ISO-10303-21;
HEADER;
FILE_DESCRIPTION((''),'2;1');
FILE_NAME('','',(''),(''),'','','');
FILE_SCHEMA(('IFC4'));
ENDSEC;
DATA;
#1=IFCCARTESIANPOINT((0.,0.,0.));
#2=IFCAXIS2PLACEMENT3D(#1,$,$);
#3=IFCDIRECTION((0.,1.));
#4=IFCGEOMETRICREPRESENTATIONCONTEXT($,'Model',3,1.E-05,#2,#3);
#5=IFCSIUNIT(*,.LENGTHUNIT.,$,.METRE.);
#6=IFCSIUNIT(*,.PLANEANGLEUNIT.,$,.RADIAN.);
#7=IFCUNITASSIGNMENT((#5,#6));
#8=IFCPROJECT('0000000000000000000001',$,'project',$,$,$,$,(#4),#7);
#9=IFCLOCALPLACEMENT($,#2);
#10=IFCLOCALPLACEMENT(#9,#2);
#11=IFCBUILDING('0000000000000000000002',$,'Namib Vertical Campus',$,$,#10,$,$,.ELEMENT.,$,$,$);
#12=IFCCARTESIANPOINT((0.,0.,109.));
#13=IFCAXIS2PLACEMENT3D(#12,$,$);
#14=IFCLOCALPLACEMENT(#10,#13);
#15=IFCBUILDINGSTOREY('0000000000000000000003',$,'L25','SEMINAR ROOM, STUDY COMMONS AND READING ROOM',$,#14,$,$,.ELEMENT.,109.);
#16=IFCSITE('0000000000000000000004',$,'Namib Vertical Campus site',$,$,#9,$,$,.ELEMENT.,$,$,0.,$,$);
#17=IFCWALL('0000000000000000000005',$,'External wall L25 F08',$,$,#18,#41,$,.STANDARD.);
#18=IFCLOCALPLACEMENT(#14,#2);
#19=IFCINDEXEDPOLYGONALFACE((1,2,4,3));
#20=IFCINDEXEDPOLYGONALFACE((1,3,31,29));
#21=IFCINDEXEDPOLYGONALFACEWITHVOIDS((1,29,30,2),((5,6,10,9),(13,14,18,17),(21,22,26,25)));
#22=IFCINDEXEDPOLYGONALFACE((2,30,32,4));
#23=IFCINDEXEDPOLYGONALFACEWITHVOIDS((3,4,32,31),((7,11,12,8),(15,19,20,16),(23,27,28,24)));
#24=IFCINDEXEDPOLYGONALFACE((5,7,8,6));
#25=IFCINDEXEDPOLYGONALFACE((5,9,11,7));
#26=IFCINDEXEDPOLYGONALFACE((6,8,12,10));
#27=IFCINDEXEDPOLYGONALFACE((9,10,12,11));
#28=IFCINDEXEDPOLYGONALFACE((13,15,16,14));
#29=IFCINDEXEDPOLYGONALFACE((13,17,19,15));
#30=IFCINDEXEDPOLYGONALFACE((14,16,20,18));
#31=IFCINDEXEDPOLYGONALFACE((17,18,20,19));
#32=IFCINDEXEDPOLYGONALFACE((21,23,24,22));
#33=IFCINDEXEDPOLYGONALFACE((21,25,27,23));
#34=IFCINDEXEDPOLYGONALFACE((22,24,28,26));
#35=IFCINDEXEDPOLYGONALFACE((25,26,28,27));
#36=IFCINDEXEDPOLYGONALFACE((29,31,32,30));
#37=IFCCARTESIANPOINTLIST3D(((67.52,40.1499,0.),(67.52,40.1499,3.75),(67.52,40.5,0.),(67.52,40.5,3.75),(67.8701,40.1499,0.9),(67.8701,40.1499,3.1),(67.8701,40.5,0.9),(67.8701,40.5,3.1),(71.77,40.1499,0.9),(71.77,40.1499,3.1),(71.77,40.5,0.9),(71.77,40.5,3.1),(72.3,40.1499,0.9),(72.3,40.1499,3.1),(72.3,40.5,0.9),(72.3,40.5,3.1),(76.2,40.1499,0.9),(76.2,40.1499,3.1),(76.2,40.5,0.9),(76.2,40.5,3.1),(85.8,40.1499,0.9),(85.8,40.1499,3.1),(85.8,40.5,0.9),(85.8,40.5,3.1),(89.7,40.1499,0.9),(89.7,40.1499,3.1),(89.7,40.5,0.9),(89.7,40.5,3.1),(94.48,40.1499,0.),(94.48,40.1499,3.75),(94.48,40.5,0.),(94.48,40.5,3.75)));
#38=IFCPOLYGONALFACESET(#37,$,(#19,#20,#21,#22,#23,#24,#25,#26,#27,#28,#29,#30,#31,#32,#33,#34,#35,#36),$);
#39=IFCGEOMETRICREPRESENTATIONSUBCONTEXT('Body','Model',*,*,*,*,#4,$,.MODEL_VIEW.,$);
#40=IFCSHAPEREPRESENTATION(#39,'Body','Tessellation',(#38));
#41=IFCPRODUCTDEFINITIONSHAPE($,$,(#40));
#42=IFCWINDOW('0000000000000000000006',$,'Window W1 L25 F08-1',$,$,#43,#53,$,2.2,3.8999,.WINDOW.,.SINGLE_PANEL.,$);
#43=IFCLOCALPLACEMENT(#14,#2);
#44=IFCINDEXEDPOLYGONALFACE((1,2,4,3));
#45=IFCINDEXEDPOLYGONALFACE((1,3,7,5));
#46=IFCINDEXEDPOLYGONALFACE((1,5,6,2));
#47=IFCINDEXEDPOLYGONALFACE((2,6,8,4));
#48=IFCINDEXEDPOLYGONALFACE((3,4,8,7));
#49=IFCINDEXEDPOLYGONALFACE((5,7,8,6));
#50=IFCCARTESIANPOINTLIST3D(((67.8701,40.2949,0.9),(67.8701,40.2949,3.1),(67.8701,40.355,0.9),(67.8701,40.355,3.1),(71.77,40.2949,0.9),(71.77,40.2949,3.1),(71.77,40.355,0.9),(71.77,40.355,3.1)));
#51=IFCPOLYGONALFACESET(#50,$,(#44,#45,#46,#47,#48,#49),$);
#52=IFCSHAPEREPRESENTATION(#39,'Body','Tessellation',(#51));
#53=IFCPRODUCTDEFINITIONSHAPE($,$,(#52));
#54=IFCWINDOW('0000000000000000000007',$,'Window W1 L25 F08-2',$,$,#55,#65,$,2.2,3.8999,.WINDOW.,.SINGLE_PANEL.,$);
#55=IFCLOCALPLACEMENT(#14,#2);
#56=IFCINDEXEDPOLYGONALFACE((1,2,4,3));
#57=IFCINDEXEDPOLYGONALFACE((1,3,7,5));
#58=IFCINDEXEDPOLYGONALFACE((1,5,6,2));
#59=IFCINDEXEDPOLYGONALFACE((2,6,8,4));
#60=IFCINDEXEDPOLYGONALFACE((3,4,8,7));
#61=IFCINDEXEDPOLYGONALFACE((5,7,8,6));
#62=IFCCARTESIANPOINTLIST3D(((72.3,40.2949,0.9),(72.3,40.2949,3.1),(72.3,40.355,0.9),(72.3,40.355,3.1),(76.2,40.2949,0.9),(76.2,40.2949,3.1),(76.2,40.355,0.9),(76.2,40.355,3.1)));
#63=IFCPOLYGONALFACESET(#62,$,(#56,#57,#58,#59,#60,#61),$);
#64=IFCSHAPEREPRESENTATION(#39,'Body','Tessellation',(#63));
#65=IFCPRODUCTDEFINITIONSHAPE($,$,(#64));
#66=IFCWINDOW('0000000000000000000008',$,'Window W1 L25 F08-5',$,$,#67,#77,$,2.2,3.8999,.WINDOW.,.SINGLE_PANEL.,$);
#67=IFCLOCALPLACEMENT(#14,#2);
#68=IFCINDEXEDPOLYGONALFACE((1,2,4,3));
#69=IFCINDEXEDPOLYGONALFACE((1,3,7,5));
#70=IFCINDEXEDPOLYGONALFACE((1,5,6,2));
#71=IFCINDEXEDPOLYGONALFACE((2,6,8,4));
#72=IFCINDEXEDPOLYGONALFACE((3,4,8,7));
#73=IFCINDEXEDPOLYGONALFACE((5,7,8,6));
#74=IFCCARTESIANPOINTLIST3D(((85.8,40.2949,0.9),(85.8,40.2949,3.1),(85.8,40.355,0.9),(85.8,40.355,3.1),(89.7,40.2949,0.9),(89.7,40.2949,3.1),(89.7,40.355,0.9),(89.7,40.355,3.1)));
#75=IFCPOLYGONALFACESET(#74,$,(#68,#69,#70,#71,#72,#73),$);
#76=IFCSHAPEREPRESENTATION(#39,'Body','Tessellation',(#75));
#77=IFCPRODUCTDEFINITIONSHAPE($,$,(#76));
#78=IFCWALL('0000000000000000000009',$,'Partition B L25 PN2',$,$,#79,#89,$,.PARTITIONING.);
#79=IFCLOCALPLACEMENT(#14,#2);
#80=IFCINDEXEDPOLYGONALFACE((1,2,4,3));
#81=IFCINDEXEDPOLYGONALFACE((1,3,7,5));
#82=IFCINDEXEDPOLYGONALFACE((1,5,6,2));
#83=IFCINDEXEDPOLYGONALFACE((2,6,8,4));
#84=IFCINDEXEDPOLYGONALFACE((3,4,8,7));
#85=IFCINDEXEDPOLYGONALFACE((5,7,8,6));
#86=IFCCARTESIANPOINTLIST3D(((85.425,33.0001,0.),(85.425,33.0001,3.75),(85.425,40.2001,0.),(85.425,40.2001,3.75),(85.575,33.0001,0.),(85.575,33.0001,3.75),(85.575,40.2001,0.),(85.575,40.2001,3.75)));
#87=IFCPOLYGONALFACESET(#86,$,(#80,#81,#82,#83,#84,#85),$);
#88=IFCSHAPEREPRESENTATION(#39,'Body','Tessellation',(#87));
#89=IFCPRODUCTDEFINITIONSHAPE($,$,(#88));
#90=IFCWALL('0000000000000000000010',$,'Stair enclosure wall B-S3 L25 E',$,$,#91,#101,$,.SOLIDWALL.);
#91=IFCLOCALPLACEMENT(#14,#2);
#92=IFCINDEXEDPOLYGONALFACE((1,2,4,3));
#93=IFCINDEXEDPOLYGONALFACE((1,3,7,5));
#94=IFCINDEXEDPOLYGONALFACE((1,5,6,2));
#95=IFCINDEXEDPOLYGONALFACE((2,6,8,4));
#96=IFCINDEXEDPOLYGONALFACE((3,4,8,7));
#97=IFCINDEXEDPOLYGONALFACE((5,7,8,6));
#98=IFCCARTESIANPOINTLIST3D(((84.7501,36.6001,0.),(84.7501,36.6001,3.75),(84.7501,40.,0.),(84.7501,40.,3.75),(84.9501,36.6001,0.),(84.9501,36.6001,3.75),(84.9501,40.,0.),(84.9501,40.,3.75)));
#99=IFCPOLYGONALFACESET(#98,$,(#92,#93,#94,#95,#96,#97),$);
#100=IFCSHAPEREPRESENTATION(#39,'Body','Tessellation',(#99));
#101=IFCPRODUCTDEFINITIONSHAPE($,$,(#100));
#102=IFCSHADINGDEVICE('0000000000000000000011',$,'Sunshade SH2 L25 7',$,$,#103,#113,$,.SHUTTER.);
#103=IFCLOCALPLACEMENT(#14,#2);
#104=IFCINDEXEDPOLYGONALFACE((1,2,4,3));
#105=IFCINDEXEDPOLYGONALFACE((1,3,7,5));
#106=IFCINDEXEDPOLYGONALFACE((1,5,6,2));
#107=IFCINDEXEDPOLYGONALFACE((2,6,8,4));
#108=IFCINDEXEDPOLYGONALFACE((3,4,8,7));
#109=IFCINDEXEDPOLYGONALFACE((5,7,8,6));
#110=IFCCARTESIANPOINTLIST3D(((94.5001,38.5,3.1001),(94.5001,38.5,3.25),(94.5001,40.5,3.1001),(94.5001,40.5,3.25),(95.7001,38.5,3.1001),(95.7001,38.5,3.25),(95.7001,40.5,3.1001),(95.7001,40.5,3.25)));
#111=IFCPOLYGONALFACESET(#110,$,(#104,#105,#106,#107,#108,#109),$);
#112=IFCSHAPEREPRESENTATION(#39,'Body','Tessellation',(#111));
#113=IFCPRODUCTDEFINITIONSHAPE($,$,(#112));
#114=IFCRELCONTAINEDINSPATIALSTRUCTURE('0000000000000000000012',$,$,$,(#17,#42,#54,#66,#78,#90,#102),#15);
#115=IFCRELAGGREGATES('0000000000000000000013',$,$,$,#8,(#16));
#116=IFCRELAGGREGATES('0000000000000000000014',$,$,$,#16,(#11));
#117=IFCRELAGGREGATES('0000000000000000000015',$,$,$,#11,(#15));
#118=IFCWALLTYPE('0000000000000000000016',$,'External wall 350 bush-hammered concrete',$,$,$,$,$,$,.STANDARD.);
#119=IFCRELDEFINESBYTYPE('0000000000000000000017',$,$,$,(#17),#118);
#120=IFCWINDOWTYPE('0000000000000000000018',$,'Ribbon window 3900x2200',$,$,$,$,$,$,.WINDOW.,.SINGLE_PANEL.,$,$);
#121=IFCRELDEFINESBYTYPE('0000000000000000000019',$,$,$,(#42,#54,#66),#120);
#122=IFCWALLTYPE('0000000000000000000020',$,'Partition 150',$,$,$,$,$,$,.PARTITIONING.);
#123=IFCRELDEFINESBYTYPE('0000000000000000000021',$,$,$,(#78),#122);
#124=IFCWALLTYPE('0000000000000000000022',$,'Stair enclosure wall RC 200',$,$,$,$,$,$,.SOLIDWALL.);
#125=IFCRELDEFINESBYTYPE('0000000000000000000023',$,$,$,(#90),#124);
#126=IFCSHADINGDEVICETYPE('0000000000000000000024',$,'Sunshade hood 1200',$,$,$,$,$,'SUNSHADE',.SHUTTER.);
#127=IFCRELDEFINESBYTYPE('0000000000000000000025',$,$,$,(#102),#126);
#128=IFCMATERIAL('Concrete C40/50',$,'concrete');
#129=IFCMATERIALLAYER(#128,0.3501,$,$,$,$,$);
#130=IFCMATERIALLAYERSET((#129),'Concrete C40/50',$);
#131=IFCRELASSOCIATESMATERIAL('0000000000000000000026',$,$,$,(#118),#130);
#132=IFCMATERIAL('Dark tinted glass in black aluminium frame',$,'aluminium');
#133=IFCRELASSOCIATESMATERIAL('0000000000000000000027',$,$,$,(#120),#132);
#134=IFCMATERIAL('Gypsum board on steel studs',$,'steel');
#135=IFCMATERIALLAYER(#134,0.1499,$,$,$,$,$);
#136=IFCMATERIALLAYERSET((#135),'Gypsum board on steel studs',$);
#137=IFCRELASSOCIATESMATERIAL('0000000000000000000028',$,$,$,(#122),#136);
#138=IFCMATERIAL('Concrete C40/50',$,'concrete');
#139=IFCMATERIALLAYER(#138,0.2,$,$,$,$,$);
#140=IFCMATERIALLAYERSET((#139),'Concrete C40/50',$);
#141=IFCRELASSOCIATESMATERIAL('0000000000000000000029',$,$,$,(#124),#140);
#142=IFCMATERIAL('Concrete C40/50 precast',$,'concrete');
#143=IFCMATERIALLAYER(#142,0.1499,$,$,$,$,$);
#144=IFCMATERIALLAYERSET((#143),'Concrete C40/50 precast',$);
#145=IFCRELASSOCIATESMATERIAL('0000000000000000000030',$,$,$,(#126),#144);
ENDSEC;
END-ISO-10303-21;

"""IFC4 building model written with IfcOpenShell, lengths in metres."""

from ifc_helpers import new_model, si_unit, direction, frame, frame_2d, origin, origin_2d, place, context, subcontext, project, spatial, rectangle, extrude, material, layer, layer_set, type_object, element, fill, save


model = new_model("IFC4")

# Units and contexts
model_context = context("Model", 3, precision=1e-05, world=origin(), true_north=direction((0.0, 1.0)))
body_context = subcontext(model_context, "Body", "Model", "MODEL_VIEW")
ifc_project = project(units=[si_unit("LENGTHUNIT", "METRE"), si_unit("PLANEANGLEUNIT", "RADIAN")], contexts=[model_context])

# Site, building, storey
site_placement = place(None, origin())
site = spatial("IfcSite", under=ifc_project, at=site_placement, Name="Namib Vertical Campus site", CompositionType="ELEMENT", RefElevation=0.0)
building_placement = place(site_placement, origin())
building = spatial("IfcBuilding", under=site, at=building_placement, Name="Namib Vertical Campus", CompositionType="ELEMENT")
storey_placement = place(building_placement, frame((0.0, 0.0, 109.0)))
storey = spatial("IfcBuildingStorey", under=building, at=storey_placement, Name="L25", Description="SEMINAR ROOM, STUDY COMMONS AND READING ROOM", CompositionType="ELEMENT", Elevation=109.0)

# Shared definitions
ifc_material_1 = material(Name="Concrete C40/50", Category="concrete")
ifc_layer_1 = layer(ifc_material_1, 0.3501)
ifc_layer_set_1 = layer_set([ifc_layer_1], Name="Concrete C40/50")
wall_type_1 = type_object("IfcWallType", Name="External wall 350 bush-hammered concrete", PredefinedType="STANDARD", material=ifc_layer_set_1)

# Wall, openings, windows
wall_1_placement = place(storey_placement, frame((94.48, 40.325, 0.0), z_axis=(0.0, 0.0, 1.0), x_axis=(-1.0, 0.0, 0.0)))
wall_1 = element("IfcWall", 1, at=wall_1_placement, inside=storey, type_object=wall_type_1, Name="External wall L25 F08", PredefinedType="STANDARD", context=body_context, shape_type="SweptSolid", body=[
    extrude(rectangle(XDim=26.96, YDim=0.3501, at=frame_2d((13.48, 0.0))), origin(), (0.0, 0.0, 1.0), 3.75),
])
opening_1_placement = place(wall_1_placement, frame((22.71, 0.0, 0.8999)))
opening_1 = element("IfcOpeningElement", 2, at=opening_1_placement, cuts=wall_1, PredefinedType="OPENING", context=body_context, shape_type="SweptSolid", body=[
    extrude(rectangle(XDim=3.8999, YDim=2.2, at=frame_2d((1.95, 1.1001))), frame((0.0, 0.1851, 0.0), z_axis=(0.0, -1.0, 0.0), x_axis=(1.0, 0.0, 0.0)), (0.0, 0.0, 1.0), 0.3701),
])
opening_2_placement = place(wall_1_placement, frame((18.28, 0.0, 0.8999)))
opening_2 = element("IfcOpeningElement", 3, at=opening_2_placement, cuts=wall_1, PredefinedType="OPENING", context=body_context, shape_type="SweptSolid", body=[
    extrude(rectangle(XDim=3.8999, YDim=2.2, at=frame_2d((1.95, 1.1001))), frame((0.0, 0.1851, 0.0), z_axis=(0.0, -1.0, 0.0), x_axis=(1.0, 0.0, 0.0)), (0.0, 0.0, 1.0), 0.3701),
])
opening_3_placement = place(wall_1_placement, frame((4.78, 0.0, 0.8999)))
opening_3 = element("IfcOpeningElement", 4, at=opening_3_placement, cuts=wall_1, PredefinedType="OPENING", context=body_context, shape_type="SweptSolid", body=[
    extrude(rectangle(XDim=3.8999, YDim=2.2, at=frame_2d((1.95, 1.1001))), frame((0.0, 0.1851, 0.0), z_axis=(0.0, -1.0, 0.0), x_axis=(1.0, 0.0, 0.0)), (0.0, 0.0, 1.0), 0.3701),
])
ifc_material_2 = material(Name="Dark tinted glass in black aluminium frame", Category="aluminium")
window_type = type_object("IfcWindowType", Name="Ribbon window 3900x2200", PartitioningType="SINGLE_PANEL", PredefinedType="WINDOW", material=ifc_material_2)
window_1_placement = place(opening_1_placement, origin())
window_1 = element("IfcWindow", 5, at=window_1_placement, inside=storey, type_object=window_type, Name="Window W1 L25 F08-1", OverallHeight=2.2, OverallWidth=3.8999, PartitioningType="SINGLE_PANEL", PredefinedType="WINDOW", context=body_context, shape_type="SweptSolid", body=[
    extrude(rectangle(XDim=3.8999, YDim=2.2, at=frame_2d((1.95, 1.1001))), frame((0.0, 0.03, 0.0), z_axis=(0.0, -1.0, 0.0), x_axis=(1.0, 0.0, 0.0)), (0.0, 0.0, 1.0), 0.0601),
])
fill(opening_1, window_1)
window_2_placement = place(opening_2_placement, origin())
window_2 = element("IfcWindow", 6, at=window_2_placement, inside=storey, type_object=window_type, Name="Window W1 L25 F08-2", OverallHeight=2.2, OverallWidth=3.8999, PartitioningType="SINGLE_PANEL", PredefinedType="WINDOW", context=body_context, shape_type="SweptSolid", body=[
    extrude(rectangle(XDim=3.8999, YDim=2.2, at=frame_2d((1.95, 1.1001))), frame((0.0, 0.03, 0.0), z_axis=(0.0, -1.0, 0.0), x_axis=(1.0, 0.0, 0.0)), (0.0, 0.0, 1.0), 0.0601),
])
fill(opening_2, window_2)
window_3_placement = place(opening_3_placement, origin())
window_3 = element("IfcWindow", 7, at=window_3_placement, inside=storey, type_object=window_type, Name="Window W1 L25 F08-5", OverallHeight=2.2, OverallWidth=3.8999, PartitioningType="SINGLE_PANEL", PredefinedType="WINDOW", context=body_context, shape_type="SweptSolid", body=[
    extrude(rectangle(XDim=3.8999, YDim=2.2, at=frame_2d((1.95, 1.1001))), frame((0.0, 0.03, 0.0), z_axis=(0.0, -1.0, 0.0), x_axis=(1.0, 0.0, 0.0)), (0.0, 0.0, 1.0), 0.0601),
])
fill(opening_3, window_3)

# Walls
ifc_material_3 = material(Name="Gypsum board on steel studs", Category="steel")
ifc_layer_2 = layer(ifc_material_3, 0.1499)
ifc_layer_set_2 = layer_set([ifc_layer_2], Name="Gypsum board on steel studs")
wall_type_2 = type_object("IfcWallType", Name="Partition 150", PredefinedType="PARTITIONING", material=ifc_layer_set_2)
wall_2_placement = place(storey_placement, frame((85.5, 33.0, 0.0), z_axis=(0.0, 0.0, 1.0), x_axis=(0.0, 1.0, 0.0)))
element("IfcWall", 8, at=wall_2_placement, inside=storey, type_object=wall_type_2, Name="Partition B L25 PN2", PredefinedType="PARTITIONING", context=body_context, shape_type="SweptSolid", body=[
    extrude(rectangle(XDim=7.2, YDim=0.1499, at=frame_2d((3.6001, 0.0))), origin(), (0.0, 0.0, 1.0), 3.75),
])
ifc_material_4 = material(Name="Concrete C40/50", Category="concrete")
ifc_layer_3 = layer(ifc_material_4, 0.2)
ifc_layer_set_3 = layer_set([ifc_layer_3], Name="Concrete C40/50")
wall_type_3 = type_object("IfcWallType", Name="Stair enclosure wall RC 200", PredefinedType="SOLIDWALL", material=ifc_layer_set_3)
wall_3_placement = place(storey_placement, frame((84.8501, 36.6001, 0.0), z_axis=(0.0, 0.0, 1.0), x_axis=(0.0, 1.0, 0.0)))
element("IfcWall", 9, at=wall_3_placement, inside=storey, type_object=wall_type_3, Name="Stair enclosure wall B-S3 L25 E", PredefinedType="SOLIDWALL", context=body_context, shape_type="SweptSolid", body=[
    extrude(rectangle(XDim=3.3999, YDim=0.2, at=frame_2d((1.7, 0.0))), origin(), (0.0, 0.0, 1.0), 3.75),
])

# Shading device
ifc_material_5 = material(Name="Concrete C40/50 precast", Category="concrete")
ifc_layer_4 = layer(ifc_material_5, 0.1499)
ifc_layer_set_4 = layer_set([ifc_layer_4], Name="Concrete C40/50 precast")
shading_device_type = type_object("IfcShadingDeviceType", Name="Sunshade hood 1200", ElementType="SUNSHADE", PredefinedType="SHUTTER", material=ifc_layer_set_4)
shading_device_placement = place(storey_placement, frame((95.1001, 39.5, 3.1001), z_axis=(0.0, 0.0, 1.0), x_axis=(0.0, 1.0, 0.0)))
element("IfcShadingDevice", 10, at=shading_device_placement, inside=storey, type_object=shading_device_type, Name="Sunshade SH2 L25 7", PredefinedType="SHUTTER", context=body_context, shape_type="SweptSolid", body=[
    extrude(rectangle(XDim=2.0, YDim=1.2, at=origin_2d()), origin(), (0.0, 0.0, 1.0), 0.1499),
])

save(model, "model.ifc")
